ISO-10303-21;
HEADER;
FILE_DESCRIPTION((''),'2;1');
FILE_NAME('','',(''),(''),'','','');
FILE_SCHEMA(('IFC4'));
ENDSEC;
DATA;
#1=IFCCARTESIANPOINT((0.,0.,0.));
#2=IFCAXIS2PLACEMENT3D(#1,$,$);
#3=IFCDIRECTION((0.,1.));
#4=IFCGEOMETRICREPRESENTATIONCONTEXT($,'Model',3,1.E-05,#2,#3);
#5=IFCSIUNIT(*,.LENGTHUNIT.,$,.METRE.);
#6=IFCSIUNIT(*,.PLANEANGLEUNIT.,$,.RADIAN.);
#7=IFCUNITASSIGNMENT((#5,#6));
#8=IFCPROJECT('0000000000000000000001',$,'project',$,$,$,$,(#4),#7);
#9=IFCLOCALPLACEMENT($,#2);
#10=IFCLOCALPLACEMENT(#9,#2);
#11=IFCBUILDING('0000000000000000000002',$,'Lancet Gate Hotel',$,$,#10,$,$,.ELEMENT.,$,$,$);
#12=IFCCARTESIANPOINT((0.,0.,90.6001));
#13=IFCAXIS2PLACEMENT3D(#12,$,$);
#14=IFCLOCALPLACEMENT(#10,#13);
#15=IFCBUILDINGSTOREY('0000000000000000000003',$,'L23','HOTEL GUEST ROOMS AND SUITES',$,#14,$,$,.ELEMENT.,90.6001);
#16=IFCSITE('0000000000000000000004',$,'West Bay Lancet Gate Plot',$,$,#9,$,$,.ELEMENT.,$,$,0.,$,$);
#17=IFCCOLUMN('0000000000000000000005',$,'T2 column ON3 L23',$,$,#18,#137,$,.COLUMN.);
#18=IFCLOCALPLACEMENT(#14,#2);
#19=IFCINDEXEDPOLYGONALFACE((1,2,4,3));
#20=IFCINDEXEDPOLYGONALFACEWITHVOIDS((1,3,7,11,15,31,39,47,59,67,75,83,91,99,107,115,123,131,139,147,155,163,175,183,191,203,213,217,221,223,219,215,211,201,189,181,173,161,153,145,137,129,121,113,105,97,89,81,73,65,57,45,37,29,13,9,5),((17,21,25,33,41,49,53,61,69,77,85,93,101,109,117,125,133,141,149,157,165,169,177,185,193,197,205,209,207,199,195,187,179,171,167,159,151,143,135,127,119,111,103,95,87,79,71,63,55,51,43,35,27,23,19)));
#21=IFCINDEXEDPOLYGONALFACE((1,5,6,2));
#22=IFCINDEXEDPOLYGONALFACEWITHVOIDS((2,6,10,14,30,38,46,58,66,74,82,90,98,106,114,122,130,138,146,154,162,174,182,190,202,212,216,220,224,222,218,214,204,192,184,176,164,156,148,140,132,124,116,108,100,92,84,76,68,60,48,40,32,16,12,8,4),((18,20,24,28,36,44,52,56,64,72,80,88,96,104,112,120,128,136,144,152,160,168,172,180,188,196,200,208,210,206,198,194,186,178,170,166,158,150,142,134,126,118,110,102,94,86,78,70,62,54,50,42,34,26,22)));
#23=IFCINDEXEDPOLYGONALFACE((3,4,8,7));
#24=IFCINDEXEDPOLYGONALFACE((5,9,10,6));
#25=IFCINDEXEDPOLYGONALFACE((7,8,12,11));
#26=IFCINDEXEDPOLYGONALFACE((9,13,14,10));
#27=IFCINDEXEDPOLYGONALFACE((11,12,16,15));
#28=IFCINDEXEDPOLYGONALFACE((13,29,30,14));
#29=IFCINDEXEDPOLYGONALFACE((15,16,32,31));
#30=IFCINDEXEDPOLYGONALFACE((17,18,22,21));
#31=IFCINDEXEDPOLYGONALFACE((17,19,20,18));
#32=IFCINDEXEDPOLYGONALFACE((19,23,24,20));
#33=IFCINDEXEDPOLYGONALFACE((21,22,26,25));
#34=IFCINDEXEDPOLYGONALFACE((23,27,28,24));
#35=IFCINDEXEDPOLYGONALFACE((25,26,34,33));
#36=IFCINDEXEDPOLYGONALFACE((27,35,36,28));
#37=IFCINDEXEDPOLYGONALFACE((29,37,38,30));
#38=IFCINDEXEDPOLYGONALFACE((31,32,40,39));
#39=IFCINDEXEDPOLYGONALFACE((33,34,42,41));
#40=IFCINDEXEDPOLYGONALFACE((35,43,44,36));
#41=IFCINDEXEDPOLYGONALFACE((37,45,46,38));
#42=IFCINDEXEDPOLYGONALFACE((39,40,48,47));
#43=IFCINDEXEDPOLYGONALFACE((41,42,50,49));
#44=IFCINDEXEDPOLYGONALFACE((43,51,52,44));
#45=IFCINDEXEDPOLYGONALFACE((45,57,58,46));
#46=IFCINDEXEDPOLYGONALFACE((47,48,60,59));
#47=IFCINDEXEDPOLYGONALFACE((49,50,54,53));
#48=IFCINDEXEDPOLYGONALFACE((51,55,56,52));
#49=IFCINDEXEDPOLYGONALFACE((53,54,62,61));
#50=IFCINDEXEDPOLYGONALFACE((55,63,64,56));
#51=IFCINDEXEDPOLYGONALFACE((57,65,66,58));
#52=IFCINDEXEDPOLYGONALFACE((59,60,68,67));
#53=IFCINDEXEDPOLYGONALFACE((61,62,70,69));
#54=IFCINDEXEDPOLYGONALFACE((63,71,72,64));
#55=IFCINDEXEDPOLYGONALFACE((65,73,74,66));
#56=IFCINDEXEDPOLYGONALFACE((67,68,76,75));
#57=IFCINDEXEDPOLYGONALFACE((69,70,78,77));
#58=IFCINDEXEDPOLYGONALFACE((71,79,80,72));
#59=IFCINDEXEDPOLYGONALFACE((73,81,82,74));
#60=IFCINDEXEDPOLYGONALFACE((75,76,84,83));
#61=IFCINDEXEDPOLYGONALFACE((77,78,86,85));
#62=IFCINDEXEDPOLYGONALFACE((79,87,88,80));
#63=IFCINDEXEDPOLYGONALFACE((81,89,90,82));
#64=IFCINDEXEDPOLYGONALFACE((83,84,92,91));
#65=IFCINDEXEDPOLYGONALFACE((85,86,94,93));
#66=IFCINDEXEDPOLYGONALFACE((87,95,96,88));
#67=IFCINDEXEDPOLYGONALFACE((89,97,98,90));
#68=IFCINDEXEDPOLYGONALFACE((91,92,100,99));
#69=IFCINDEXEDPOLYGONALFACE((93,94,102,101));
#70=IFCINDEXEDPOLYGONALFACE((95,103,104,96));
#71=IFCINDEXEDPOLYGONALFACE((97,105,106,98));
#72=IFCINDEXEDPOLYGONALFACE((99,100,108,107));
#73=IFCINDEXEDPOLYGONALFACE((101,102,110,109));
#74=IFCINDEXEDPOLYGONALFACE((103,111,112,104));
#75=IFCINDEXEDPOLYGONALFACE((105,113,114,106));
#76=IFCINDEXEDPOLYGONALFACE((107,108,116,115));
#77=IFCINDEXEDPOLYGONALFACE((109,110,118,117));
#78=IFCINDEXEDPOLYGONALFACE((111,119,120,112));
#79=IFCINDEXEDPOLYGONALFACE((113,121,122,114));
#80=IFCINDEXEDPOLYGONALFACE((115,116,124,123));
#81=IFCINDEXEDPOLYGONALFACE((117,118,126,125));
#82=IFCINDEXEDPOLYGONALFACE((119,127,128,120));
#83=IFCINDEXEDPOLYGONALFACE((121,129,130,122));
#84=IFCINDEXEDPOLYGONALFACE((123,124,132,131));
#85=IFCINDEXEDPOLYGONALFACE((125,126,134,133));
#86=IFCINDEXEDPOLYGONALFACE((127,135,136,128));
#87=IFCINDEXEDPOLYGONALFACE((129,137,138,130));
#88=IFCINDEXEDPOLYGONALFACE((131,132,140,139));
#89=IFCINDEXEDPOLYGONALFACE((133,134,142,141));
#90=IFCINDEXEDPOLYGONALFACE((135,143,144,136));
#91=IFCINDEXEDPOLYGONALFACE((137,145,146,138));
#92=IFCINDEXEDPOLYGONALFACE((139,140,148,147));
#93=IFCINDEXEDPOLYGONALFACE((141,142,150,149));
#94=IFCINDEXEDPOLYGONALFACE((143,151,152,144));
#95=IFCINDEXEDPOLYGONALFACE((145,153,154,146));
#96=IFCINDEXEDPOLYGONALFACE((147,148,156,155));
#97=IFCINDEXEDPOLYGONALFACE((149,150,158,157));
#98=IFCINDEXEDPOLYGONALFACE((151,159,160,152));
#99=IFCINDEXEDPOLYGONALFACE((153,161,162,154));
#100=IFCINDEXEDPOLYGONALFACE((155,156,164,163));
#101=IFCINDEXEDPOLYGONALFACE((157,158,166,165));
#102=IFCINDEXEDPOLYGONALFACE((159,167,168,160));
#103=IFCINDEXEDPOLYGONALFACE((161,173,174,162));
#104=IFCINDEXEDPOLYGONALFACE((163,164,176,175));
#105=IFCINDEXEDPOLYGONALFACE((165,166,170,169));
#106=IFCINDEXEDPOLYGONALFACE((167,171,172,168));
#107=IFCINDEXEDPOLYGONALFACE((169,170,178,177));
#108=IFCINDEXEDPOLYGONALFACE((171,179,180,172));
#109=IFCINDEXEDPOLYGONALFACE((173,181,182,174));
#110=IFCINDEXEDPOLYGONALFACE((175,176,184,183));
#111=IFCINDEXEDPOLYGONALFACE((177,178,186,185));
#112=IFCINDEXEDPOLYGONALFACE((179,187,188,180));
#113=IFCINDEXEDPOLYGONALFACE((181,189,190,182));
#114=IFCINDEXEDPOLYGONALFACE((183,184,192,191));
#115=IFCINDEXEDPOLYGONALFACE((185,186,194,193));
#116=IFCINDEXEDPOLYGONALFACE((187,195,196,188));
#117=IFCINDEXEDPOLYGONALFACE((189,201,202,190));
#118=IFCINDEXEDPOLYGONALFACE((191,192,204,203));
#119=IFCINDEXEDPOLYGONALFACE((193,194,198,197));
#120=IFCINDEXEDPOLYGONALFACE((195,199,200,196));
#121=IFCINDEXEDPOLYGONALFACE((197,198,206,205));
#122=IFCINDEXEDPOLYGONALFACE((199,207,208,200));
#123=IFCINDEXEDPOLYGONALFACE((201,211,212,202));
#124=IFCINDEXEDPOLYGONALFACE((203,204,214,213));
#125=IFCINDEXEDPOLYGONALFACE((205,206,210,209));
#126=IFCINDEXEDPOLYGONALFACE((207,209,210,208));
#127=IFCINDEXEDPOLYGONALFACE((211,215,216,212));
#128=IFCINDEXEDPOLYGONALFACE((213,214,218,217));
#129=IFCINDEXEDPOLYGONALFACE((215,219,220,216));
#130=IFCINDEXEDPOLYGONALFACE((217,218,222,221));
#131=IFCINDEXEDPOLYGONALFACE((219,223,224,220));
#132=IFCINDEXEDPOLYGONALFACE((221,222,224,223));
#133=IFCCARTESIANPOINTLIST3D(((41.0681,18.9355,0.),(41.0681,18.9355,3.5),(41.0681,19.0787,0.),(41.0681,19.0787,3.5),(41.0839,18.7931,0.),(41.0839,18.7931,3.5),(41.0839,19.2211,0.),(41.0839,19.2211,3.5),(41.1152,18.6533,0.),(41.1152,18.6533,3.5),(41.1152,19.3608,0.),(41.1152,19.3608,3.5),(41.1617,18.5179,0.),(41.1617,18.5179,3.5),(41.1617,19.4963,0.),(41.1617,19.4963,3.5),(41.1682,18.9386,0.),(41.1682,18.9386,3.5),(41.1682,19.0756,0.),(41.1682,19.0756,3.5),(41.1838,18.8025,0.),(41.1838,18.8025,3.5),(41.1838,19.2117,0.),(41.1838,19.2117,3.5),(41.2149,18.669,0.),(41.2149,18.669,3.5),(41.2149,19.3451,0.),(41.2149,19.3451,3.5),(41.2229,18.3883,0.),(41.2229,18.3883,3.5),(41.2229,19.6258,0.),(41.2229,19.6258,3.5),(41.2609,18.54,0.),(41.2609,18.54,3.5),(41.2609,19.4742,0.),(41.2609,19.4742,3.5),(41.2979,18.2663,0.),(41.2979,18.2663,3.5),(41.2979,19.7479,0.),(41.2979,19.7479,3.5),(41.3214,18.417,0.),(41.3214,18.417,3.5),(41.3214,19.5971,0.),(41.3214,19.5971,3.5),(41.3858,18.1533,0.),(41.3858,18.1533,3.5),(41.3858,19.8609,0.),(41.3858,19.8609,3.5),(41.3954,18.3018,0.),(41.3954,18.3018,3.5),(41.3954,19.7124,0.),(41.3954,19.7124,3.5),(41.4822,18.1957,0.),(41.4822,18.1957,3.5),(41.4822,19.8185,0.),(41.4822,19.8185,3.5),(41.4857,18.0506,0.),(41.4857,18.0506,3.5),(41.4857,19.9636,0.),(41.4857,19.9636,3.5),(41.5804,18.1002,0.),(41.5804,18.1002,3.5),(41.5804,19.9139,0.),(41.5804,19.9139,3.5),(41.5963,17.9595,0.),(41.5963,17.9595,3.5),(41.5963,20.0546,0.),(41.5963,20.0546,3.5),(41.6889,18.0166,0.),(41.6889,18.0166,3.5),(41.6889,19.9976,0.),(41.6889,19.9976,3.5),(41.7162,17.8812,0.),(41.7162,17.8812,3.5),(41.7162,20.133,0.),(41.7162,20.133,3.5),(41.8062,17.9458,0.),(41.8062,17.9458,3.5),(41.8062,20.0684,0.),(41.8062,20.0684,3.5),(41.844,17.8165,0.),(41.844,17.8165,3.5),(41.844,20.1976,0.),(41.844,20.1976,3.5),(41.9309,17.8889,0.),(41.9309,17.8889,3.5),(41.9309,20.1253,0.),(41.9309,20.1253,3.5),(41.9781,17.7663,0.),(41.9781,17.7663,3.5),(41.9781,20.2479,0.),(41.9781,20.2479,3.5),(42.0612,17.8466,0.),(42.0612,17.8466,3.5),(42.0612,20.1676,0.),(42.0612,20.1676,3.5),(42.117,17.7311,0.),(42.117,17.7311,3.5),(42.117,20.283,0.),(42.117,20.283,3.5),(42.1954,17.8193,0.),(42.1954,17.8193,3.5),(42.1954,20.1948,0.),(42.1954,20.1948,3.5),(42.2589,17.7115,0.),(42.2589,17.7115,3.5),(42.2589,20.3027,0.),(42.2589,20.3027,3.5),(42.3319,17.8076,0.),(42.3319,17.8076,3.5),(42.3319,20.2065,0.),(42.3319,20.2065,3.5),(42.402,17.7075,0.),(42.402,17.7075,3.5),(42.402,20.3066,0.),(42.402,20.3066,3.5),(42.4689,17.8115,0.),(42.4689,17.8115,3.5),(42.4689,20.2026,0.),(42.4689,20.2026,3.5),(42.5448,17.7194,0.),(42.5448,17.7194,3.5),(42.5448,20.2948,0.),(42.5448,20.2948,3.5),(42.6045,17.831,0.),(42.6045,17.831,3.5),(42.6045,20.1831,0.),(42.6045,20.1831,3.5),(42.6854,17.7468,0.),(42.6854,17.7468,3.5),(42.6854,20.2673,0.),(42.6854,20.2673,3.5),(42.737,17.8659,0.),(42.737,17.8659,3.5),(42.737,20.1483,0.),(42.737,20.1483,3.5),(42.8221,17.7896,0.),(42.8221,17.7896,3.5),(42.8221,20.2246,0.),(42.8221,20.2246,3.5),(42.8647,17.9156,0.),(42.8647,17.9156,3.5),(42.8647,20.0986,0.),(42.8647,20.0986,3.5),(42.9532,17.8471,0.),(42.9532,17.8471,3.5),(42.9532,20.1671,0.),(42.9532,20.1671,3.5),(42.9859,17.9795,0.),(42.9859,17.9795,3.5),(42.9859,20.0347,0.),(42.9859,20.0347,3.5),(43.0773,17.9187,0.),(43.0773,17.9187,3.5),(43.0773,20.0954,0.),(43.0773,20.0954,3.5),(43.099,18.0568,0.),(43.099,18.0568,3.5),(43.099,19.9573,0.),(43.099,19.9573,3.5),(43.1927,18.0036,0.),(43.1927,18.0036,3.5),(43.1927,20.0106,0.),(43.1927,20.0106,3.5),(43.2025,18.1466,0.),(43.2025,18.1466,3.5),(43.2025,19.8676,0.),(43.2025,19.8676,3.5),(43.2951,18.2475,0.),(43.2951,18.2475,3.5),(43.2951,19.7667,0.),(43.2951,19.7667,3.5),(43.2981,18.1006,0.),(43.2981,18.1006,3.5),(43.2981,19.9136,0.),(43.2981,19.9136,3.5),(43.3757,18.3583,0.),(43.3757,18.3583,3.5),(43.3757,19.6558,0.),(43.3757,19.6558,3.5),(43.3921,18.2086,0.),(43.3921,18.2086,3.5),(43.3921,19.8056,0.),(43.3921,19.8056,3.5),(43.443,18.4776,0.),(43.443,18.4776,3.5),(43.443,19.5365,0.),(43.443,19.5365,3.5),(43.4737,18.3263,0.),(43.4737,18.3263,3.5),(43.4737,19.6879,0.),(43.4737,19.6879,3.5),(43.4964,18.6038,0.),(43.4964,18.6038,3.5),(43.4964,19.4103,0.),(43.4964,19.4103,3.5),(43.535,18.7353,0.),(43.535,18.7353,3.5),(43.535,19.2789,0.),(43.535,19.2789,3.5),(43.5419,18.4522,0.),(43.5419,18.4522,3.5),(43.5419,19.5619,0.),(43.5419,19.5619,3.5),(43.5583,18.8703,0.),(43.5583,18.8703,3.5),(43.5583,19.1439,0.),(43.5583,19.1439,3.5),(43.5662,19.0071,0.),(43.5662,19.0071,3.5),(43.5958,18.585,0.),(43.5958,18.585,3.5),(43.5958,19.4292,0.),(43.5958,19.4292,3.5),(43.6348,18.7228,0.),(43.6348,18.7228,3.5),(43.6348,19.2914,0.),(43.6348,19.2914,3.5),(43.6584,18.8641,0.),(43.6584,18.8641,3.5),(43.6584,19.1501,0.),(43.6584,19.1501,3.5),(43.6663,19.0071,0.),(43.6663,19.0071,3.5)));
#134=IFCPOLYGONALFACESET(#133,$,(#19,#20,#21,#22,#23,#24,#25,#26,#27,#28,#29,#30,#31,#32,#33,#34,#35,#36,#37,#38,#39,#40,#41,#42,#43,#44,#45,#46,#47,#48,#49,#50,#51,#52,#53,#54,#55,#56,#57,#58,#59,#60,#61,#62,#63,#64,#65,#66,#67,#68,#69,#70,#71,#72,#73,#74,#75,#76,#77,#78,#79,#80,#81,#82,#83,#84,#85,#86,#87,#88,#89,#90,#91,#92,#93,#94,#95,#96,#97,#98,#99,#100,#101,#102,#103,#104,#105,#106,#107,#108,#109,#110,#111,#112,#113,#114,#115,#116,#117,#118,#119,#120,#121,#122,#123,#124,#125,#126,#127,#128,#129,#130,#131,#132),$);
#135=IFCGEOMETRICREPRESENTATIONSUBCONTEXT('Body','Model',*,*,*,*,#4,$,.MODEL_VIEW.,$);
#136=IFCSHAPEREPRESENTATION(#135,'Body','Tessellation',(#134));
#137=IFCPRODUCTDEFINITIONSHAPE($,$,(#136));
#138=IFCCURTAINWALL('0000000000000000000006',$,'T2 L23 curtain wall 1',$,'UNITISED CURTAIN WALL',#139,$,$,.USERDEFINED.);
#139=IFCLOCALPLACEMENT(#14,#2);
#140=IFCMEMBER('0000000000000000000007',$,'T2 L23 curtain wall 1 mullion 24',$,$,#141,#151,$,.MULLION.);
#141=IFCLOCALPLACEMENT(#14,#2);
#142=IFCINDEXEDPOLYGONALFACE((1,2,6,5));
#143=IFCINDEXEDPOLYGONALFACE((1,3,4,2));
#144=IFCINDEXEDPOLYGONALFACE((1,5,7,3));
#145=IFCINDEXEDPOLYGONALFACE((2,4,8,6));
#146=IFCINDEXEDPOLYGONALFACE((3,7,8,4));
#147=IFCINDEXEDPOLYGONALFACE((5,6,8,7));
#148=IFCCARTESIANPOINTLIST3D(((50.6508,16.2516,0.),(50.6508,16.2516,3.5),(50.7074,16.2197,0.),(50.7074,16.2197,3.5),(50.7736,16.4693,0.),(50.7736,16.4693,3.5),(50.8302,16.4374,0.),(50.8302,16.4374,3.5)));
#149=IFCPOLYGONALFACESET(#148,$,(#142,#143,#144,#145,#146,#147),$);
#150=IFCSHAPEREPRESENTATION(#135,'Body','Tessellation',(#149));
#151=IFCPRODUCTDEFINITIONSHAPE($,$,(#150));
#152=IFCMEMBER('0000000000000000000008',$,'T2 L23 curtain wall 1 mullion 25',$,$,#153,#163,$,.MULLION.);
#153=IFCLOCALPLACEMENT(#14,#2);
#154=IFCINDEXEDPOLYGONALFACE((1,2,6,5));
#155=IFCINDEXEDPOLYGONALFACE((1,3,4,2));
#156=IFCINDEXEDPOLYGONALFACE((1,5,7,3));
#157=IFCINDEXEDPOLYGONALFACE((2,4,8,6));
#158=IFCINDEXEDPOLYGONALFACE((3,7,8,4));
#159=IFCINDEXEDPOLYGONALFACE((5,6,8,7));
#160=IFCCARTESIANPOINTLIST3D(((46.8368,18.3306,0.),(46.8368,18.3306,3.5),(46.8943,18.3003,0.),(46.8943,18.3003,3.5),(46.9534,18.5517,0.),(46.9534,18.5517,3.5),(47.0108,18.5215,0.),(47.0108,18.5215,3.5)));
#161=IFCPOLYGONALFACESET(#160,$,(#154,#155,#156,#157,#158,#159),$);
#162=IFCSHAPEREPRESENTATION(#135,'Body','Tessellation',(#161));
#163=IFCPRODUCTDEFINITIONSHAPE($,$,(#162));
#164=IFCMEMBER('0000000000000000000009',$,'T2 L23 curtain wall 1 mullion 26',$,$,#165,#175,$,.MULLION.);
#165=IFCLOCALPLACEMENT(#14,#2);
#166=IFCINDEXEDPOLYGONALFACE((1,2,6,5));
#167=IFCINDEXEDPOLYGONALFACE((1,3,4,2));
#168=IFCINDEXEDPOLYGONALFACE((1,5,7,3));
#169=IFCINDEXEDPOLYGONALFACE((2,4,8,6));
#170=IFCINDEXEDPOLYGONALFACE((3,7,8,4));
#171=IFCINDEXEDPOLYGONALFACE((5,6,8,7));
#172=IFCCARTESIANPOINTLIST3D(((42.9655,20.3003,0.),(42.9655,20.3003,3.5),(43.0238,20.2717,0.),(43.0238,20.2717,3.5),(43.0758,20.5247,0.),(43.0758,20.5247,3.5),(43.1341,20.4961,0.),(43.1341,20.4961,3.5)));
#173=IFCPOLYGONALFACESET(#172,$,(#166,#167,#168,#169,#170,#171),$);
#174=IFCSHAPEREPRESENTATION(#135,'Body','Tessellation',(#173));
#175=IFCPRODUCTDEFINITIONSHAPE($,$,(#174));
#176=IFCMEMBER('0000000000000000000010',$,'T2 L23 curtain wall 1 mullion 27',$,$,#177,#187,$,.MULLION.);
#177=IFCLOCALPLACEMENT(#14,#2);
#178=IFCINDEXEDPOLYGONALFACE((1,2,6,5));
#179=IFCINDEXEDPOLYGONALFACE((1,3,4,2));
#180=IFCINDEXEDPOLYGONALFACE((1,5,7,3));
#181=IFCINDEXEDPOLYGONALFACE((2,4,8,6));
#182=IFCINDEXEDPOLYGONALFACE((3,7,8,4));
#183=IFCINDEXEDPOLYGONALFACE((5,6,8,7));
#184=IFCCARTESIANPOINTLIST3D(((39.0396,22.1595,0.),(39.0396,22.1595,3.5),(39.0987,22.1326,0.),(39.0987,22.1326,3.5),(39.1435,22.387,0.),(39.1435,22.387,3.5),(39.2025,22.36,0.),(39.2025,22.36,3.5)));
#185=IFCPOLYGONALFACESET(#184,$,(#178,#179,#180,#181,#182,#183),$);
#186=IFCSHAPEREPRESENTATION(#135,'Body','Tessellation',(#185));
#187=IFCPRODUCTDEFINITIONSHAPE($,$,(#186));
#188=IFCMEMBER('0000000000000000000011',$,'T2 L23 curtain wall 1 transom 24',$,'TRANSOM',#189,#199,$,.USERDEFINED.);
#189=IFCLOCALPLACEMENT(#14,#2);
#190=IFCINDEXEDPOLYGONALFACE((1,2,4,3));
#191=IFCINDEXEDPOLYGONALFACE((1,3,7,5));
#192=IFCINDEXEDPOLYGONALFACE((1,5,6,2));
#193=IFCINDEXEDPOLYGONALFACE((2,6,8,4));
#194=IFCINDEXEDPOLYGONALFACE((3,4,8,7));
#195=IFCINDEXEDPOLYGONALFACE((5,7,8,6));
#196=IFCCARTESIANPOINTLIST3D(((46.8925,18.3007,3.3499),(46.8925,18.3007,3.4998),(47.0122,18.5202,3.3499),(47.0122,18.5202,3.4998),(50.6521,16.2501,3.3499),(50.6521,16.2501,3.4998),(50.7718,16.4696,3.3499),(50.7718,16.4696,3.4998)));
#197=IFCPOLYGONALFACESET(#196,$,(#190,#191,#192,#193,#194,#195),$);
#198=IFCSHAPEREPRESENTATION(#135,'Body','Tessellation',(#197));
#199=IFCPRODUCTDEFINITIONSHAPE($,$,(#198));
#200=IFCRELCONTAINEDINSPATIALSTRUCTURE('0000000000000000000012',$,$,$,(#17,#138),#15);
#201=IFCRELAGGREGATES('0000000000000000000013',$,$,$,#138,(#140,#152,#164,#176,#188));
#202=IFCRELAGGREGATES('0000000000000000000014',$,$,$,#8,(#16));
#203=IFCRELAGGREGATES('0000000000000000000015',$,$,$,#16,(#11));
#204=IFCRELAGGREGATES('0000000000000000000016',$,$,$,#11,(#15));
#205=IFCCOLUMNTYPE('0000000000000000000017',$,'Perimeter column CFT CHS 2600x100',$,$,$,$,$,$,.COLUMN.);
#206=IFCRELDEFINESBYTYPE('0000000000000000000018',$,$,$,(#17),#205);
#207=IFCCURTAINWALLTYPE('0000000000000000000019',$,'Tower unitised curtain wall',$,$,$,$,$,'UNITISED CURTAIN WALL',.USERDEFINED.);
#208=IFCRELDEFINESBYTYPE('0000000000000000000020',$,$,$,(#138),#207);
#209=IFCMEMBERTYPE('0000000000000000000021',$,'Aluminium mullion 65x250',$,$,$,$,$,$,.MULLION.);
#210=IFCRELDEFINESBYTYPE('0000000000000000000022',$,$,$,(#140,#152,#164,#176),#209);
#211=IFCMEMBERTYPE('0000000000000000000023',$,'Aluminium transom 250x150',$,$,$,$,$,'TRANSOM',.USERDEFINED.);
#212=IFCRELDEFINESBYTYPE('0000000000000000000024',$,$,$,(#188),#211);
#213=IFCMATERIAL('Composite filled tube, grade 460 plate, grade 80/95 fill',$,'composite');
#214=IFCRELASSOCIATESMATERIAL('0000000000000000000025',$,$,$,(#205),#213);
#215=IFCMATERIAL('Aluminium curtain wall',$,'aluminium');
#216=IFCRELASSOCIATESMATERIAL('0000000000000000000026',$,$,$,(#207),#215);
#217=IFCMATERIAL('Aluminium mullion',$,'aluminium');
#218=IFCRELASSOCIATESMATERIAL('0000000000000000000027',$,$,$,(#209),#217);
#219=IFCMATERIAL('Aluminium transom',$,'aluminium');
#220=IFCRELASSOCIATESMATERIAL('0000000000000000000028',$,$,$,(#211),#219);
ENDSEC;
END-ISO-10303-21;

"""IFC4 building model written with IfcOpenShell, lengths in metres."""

from ifc_helpers import new_model, si_unit, direction, frame, origin, origin_2d, place, context, subcontext, project, spatial, rectangle, hollow_circle, extrude, material, material_profile, profile_set, type_object, element, aggregate, save


model = new_model("IFC4")

# Units and contexts
model_context = context("Model", 3, precision=1e-05, world=origin(), true_north=direction((0.0, 1.0)))
body_context = subcontext(model_context, "Body", "Model", "MODEL_VIEW")
ifc_project = project(units=[si_unit("LENGTHUNIT", "METRE"), si_unit("PLANEANGLEUNIT", "RADIAN")], contexts=[model_context])

# Site, building, storey
site_placement = place(None, origin())
site = spatial("IfcSite", under=ifc_project, at=site_placement, Name="West Bay Lancet Gate Plot", CompositionType="ELEMENT", RefElevation=0.0)
building_placement = place(site_placement, origin())
building = spatial("IfcBuilding", under=site, at=building_placement, Name="Lancet Gate Hotel", CompositionType="ELEMENT")
storey_placement = place(building_placement, frame((0.0, 0.0, 90.6001)))
storey = spatial("IfcBuildingStorey", under=building, at=storey_placement, Name="L23", Description="HOTEL GUEST ROOMS AND SUITES", CompositionType="ELEMENT", Elevation=90.6001)

# Column
ifc_material_1 = material(Name="Composite filled tube, grade 460 plate, grade 80/95 fill", Category="composite")
ifc_material_profile_1 = material_profile(ifc_material_1, hollow_circle(Radius=1.3, WallThickness=0.1001, at=origin_2d()), Name="CHS 2600x100")
ifc_profile_set_1 = profile_set([ifc_material_profile_1], Name="Composite filled tube, grade 460 plate, grade 80/95 fill")
column_type = type_object("IfcColumnType", Name="Perimeter column CFT CHS 2600x100", PredefinedType="COLUMN", material=ifc_profile_set_1)
column_placement = place(storey_placement, frame((42.3662, 19.0071, 0.0), z_axis=(0.0, 0.0, 1.0), x_axis=(1.0, 0.0, 0.0)))
element("IfcColumn", 1, at=column_placement, inside=storey, type_object=column_type, Name="T2 column ON3 L23", PredefinedType="COLUMN", context=body_context, shape_type="SweptSolid", body=[
    extrude(hollow_circle(Radius=1.3, WallThickness=0.1001, at=origin_2d()), origin(), (0.0, 0.0, 1.0), 3.5),
])

# Curtain wall, members
ifc_material_2 = material(Name="Aluminium curtain wall", Category="aluminium")
curtain_wall_type = type_object("IfcCurtainWallType", Name="Tower unitised curtain wall", ElementType="UNITISED CURTAIN WALL", PredefinedType="USERDEFINED", material=ifc_material_2)
curtain_wall_placement = place(storey_placement, origin())
curtain_wall = element("IfcCurtainWall", 2, at=curtain_wall_placement, inside=storey, type_object=curtain_wall_type, Name="T2 L23 curtain wall 1", ObjectType="UNITISED CURTAIN WALL", PredefinedType="USERDEFINED")
ifc_material_3 = material(Name="Aluminium mullion", Category="aluminium")
ifc_material_profile_2 = material_profile(ifc_material_3, rectangle(XDim=0.0649, YDim=0.25, at=origin_2d()), Name="MULLION 65x250")
ifc_profile_set_2 = profile_set([ifc_material_profile_2], Name="Aluminium mullion")
member_type_1 = type_object("IfcMemberType", Name="Aluminium mullion 65x250", PredefinedType="MULLION", material=ifc_profile_set_2)
member_1_placement = place(storey_placement, frame((50.7405, 16.3445, 0.0), z_axis=(0.0, 0.0, 1.0), x_axis=(-0.871029, 0.491232, 0.0)))
member_1 = element("IfcMember", 3, at=member_1_placement, type_object=member_type_1, Name="T2 L23 curtain wall 1 mullion 24", PredefinedType="MULLION", context=body_context, shape_type="SweptSolid", body=[
    extrude(rectangle(XDim=0.0649, YDim=0.25, at=origin_2d()), origin(), (0.0, 0.0, 1.0), 3.5),
])
member_2_placement = place(storey_placement, frame((46.9238, 18.426, 0.0), z_axis=(0.0, 0.0, 1.0), x_axis=(-0.884627, 0.466299, 0.0)))
member_2 = element("IfcMember", 4, at=member_2_placement, type_object=member_type_1, Name="T2 L23 curtain wall 1 mullion 25", PredefinedType="MULLION", context=body_context, shape_type="SweptSolid", body=[
    extrude(rectangle(XDim=0.0649, YDim=0.25, at=origin_2d()), origin(), (0.0, 0.0, 1.0), 3.5),
])
member_3_placement = place(storey_placement, frame((43.0498, 20.3982, 0.0), z_axis=(0.0, 0.0, 1.0), x_axis=(-0.897512, 0.44099, 0.0)))
member_3 = element("IfcMember", 5, at=member_3_placement, type_object=member_type_1, Name="T2 L23 curtain wall 1 mullion 26", PredefinedType="MULLION", context=body_context, shape_type="SweptSolid", body=[
    extrude(rectangle(XDim=0.0649, YDim=0.25, at=origin_2d()), origin(), (0.0, 0.0, 1.0), 3.5),
])
member_4_placement = place(storey_placement, frame((39.1211, 22.2598, 0.0), z_axis=(0.0, 0.0, 1.0), x_axis=(-0.909673, 0.415326, 0.0)))
member_4 = element("IfcMember", 6, at=member_4_placement, type_object=member_type_1, Name="T2 L23 curtain wall 1 mullion 27", PredefinedType="MULLION", context=body_context, shape_type="SweptSolid", body=[
    extrude(rectangle(XDim=0.0649, YDim=0.25, at=origin_2d()), origin(), (0.0, 0.0, 1.0), 3.5),
])
ifc_material_4 = material(Name="Aluminium transom", Category="aluminium")
ifc_material_profile_3 = material_profile(ifc_material_4, rectangle(XDim=0.25, YDim=0.1499, at=origin_2d()), Name="TRANSOM 250x150")
ifc_profile_set_3 = profile_set([ifc_material_profile_3], Name="Aluminium transom")
member_type_2 = type_object("IfcMemberType", Name="Aluminium transom 250x150", ElementType="TRANSOM", PredefinedType="USERDEFINED", material=ifc_profile_set_3)
member_5_placement = place(storey_placement, frame((50.7119, 16.3599, 3.4248), z_axis=(-0.877906, 0.478832, 0.0), x_axis=(-0.478832, -0.877906, 0.0)))
member_5 = element("IfcMember", 7, at=member_5_placement, type_object=member_type_2, Name="T2 L23 curtain wall 1 transom 24", ObjectType="TRANSOM", PredefinedType="USERDEFINED", context=body_context, shape_type="SweptSolid", body=[
    extrude(rectangle(XDim=0.25, YDim=0.1499, at=origin_2d()), origin(), (0.0, 0.0, 1.0), 4.2825),
])

aggregate(curtain_wall, [member_1, member_2, member_3, member_4, member_5])

save(model, "model.ifc")
